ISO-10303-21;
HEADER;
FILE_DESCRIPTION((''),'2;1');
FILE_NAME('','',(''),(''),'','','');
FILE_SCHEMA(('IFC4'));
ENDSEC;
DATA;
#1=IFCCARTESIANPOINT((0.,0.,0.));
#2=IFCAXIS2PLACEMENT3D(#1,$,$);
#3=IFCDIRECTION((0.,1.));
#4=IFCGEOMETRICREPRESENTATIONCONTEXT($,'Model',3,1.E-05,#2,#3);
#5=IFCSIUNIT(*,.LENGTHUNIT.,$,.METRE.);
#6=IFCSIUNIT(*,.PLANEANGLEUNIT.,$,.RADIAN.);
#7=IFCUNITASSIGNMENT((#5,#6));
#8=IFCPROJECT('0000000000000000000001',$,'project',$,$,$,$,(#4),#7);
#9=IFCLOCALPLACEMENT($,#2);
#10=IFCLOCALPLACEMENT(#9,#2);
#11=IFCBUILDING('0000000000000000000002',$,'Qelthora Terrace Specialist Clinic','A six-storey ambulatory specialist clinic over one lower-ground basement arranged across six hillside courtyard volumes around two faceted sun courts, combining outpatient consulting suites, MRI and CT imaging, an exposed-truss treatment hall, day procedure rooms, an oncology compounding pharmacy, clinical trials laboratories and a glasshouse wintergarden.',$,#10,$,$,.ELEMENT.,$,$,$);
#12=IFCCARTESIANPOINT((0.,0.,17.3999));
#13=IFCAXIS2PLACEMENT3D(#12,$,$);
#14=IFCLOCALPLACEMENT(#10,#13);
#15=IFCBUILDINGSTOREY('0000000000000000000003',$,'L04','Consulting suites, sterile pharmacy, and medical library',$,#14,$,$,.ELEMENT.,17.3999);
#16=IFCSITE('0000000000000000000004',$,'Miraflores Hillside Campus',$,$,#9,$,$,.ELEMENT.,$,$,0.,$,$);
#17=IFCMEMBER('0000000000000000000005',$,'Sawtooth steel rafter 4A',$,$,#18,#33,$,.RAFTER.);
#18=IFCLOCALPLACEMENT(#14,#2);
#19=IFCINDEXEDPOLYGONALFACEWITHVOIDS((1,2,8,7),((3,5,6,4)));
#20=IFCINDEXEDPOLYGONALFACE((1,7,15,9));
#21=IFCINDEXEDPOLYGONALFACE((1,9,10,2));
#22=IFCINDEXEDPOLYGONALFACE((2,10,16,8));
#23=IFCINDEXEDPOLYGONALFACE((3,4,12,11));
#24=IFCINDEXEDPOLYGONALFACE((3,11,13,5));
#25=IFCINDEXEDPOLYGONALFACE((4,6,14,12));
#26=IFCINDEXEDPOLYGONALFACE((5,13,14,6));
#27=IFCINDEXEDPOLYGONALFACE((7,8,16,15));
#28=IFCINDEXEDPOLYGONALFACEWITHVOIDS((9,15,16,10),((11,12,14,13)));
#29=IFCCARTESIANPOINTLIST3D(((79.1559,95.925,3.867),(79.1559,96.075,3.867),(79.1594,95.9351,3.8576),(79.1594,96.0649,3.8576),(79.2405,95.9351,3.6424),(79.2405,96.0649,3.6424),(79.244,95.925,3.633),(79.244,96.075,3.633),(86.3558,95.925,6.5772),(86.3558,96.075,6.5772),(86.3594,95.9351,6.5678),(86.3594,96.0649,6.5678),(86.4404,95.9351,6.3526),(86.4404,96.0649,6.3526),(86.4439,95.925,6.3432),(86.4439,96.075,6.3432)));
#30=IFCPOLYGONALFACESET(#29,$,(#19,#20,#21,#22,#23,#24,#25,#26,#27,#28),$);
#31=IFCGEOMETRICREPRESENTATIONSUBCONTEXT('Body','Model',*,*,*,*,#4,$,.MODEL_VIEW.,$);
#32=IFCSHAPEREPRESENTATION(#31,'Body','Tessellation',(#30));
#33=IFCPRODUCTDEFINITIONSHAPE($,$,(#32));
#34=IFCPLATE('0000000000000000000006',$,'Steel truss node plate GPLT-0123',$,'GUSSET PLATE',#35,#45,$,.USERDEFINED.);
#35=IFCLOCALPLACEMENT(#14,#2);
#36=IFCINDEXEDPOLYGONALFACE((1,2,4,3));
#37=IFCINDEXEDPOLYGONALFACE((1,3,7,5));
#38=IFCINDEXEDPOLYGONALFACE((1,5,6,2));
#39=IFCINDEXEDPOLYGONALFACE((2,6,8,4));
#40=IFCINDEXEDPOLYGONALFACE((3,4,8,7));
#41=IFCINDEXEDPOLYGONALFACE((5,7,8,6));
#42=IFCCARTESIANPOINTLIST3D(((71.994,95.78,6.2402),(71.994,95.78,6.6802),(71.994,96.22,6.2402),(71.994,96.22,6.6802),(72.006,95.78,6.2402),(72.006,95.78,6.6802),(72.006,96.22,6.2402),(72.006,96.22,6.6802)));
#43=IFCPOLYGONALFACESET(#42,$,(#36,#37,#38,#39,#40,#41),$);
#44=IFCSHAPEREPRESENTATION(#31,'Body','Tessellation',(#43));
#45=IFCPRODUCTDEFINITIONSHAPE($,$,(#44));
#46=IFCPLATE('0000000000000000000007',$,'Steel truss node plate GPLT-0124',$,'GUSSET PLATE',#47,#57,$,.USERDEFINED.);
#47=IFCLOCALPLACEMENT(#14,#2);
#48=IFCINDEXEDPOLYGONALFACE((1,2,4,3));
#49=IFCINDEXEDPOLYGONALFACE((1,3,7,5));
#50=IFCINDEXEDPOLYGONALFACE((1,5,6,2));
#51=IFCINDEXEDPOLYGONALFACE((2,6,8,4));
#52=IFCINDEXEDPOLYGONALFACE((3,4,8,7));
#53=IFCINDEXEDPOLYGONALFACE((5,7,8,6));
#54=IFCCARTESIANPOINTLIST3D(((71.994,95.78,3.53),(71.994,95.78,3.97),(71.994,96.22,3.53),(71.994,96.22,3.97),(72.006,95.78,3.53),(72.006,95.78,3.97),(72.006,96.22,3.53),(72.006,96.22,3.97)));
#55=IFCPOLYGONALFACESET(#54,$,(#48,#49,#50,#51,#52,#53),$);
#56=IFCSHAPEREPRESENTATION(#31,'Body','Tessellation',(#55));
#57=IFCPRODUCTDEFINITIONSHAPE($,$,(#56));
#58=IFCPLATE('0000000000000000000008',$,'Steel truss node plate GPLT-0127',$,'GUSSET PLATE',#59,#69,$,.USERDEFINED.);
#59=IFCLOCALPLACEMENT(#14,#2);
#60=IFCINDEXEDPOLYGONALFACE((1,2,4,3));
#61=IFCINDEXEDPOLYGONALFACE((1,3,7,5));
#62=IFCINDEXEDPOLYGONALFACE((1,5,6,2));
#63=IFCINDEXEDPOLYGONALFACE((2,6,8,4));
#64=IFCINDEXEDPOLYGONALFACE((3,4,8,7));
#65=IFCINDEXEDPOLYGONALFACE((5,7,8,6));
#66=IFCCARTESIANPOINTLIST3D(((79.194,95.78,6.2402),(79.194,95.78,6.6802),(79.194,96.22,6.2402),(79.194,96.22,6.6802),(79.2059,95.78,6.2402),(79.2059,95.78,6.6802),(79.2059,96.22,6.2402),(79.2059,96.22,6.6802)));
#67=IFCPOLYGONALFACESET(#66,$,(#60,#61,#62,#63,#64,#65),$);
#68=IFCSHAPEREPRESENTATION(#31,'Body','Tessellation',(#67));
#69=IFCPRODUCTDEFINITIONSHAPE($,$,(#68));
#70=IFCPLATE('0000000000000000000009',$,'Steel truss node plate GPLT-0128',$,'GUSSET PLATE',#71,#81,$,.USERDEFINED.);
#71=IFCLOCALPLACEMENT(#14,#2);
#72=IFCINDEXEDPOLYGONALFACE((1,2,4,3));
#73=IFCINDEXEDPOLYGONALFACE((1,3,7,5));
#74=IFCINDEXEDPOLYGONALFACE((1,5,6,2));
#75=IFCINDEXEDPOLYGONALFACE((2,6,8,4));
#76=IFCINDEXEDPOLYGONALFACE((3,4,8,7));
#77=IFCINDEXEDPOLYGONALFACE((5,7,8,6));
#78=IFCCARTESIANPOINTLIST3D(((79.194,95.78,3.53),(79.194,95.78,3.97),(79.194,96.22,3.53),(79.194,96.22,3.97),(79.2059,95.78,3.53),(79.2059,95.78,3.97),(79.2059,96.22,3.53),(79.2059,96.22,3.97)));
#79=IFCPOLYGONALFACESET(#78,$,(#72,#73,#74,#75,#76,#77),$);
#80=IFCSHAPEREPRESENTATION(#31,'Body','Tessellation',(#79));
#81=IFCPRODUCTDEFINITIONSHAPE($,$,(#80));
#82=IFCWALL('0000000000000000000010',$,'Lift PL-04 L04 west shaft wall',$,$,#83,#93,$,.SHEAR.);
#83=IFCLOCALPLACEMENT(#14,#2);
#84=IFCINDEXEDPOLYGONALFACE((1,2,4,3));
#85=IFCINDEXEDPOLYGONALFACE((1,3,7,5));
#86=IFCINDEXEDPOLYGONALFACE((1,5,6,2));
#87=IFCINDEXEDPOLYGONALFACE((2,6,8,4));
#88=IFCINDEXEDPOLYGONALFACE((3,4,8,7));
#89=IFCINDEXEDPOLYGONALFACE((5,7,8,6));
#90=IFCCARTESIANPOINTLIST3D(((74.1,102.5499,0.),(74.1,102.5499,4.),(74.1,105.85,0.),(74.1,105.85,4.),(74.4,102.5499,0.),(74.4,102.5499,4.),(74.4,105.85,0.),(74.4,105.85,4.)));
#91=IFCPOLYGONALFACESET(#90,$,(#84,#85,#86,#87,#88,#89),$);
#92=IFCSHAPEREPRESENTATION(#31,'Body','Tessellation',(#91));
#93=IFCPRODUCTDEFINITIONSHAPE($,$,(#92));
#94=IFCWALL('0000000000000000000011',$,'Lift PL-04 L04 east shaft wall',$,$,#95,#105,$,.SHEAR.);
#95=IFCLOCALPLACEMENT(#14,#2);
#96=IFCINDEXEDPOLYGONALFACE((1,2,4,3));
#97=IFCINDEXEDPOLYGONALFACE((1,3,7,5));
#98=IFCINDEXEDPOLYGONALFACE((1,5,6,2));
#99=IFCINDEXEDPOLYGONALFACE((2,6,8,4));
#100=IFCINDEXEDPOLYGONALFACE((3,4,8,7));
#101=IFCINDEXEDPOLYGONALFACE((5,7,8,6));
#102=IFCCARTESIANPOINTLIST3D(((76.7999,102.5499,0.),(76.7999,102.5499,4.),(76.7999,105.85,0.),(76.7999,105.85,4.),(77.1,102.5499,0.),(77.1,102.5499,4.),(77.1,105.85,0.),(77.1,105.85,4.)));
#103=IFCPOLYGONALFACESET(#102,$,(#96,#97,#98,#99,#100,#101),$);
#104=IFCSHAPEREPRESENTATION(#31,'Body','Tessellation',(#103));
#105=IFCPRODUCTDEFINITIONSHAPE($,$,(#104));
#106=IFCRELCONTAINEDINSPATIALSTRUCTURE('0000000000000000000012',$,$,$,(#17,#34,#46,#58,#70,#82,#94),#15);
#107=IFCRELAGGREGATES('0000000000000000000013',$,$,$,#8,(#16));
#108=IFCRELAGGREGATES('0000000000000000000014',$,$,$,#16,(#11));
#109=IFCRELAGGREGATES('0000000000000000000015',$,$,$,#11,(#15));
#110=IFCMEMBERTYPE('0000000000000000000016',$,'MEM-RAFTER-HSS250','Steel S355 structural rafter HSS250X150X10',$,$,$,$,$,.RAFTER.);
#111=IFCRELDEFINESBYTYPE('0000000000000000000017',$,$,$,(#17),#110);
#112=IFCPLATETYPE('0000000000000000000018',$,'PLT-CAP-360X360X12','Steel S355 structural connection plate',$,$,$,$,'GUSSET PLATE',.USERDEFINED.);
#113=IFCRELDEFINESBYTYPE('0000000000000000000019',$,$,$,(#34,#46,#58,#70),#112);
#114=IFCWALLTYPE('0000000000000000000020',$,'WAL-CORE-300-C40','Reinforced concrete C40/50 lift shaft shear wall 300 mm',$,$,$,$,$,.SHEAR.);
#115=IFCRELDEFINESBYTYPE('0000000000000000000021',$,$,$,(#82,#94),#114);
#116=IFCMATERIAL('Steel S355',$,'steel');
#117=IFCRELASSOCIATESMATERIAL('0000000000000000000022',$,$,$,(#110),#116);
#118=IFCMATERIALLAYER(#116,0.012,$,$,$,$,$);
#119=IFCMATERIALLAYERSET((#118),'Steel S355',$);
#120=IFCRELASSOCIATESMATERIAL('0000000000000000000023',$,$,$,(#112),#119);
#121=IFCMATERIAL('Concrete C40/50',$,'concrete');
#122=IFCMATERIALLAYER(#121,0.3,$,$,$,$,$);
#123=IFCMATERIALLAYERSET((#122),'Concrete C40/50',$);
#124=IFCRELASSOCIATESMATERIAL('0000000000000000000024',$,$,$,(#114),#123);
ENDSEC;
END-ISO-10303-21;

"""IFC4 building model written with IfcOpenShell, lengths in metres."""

from ifc_helpers import new_model, si_unit, direction, frame, frame_2d, origin, origin_2d, place, context, subcontext, project, spatial, rectangle, hollow_rectangle, extrude, material, layer, layer_set, material_profile, profile_set, type_object, element, save


model = new_model("IFC4")

# Units and contexts
model_context = context("Model", 3, precision=1e-05, world=origin(), true_north=direction((0.0, 1.0)))
body_context = subcontext(model_context, "Body", "Model", "MODEL_VIEW")
ifc_project = project(units=[si_unit("LENGTHUNIT", "METRE"), si_unit("PLANEANGLEUNIT", "RADIAN")], contexts=[model_context])

# Site, building, storey
site_placement = place(None, origin())
site = spatial("IfcSite", under=ifc_project, at=site_placement, Name="Miraflores Hillside Campus", CompositionType="ELEMENT", RefElevation=0.0)
building_placement = place(site_placement, origin())
building = spatial("IfcBuilding", under=site, at=building_placement, Name="Qelthora Terrace Specialist Clinic", Description="A six-storey ambulatory specialist clinic over one lower-ground basement arranged across six hillside courtyard volumes around two faceted sun courts, combining outpatient consulting suites, MRI and CT imaging, an exposed-truss treatment hall, day procedure rooms, an oncology compounding pharmacy, clinical trials laboratories and a glasshouse wintergarden.", CompositionType="ELEMENT")
storey_placement = place(building_placement, frame((0.0, 0.0, 17.3999)))
storey = spatial("IfcBuildingStorey", under=building, at=storey_placement, Name="L04", Description="Consulting suites, sterile pharmacy, and medical library", CompositionType="ELEMENT", Elevation=17.3999)

# Shared definitions
ifc_material_1 = material(Name="Steel S355", Category="steel")

# Member
ifc_material_profile_1 = material_profile(ifc_material_1, hollow_rectangle(XDim=0.1499, YDim=0.25, WallThickness=0.01, at=origin_2d()), Name="HSS250X150X10")
ifc_profile_set_1 = profile_set([ifc_material_profile_1], Name="Steel S355")
member_type_1 = type_object("IfcMemberType", Name="MEM-RAFTER-HSS250", Description="Steel S355 structural rafter HSS250X150X10", PredefinedType="RAFTER", material=ifc_profile_set_1)
for number, where, z_axis, x_axis, name in (
    (1, (79.2, 96.0, 3.75), (0.935892, 0.0, 0.352288), (0.0, 1.0, 0.0), "Sawtooth steel rafter 4A"),
):
    element("IfcMember", number, at=place(storey_placement, frame(where, z_axis=z_axis, x_axis=x_axis)), inside=storey, type_object=member_type_1, Name=name, PredefinedType="RAFTER", context=body_context, shape_type="SweptSolid", body=[
        extrude(hollow_rectangle(XDim=0.1499, YDim=0.25, WallThickness=0.01, at=origin_2d()), origin(), (0.0, 0.0, 1.0), 7.6931),
    ])

# Plates
ifc_layer_1 = layer(ifc_material_1, 0.012)
ifc_layer_set_1 = layer_set([ifc_layer_1], Name="Steel S355")
plate_type = type_object("IfcPlateType", Name="PLT-CAP-360X360X12", Description="Steel S355 structural connection plate", ElementType="GUSSET PLATE", PredefinedType="USERDEFINED", material=ifc_layer_set_1)
for number, where, z_axis, x_axis, name in (
    (2, (72.0, 96.0, 6.2402), (0.0, 0.0, 1.0), (1.0, 0.0, 0.0), "Steel truss node plate GPLT-0123"),
    (3, (72.0, 96.0, 3.53), (0.0, 0.0, 1.0), (1.0, 0.0, 0.0), "Steel truss node plate GPLT-0124"),
    (4, (79.2, 96.0, 6.2402), (0.0, 0.0, 1.0), (1.0, 0.0, 0.0), "Steel truss node plate GPLT-0127"),
    (5, (79.2, 96.0, 3.53), (0.0, 0.0, 1.0), (1.0, 0.0, 0.0), "Steel truss node plate GPLT-0128"),
):
    element("IfcPlate", number, at=place(storey_placement, frame(where, z_axis=z_axis, x_axis=x_axis)), inside=storey, type_object=plate_type, Name=name, ObjectType="GUSSET PLATE", PredefinedType="USERDEFINED", context=body_context, shape_type="SweptSolid", body=[
        extrude(rectangle(XDim=0.012, YDim=0.4399, at=origin_2d()), origin(), (0.0, 0.0, 1.0), 0.4399),
    ])

# Walls
ifc_material_2 = material(Name="Concrete C40/50", Category="concrete")
ifc_layer_2 = layer(ifc_material_2, 0.3)
ifc_layer_set_2 = layer_set([ifc_layer_2], Name="Concrete C40/50")
wall_type = type_object("IfcWallType", Name="WAL-CORE-300-C40", Description="Reinforced concrete C40/50 lift shaft shear wall 300 mm", PredefinedType="SHEAR", material=ifc_layer_set_2)
for number, where, z_axis, x_axis, name in (
    (6, (74.25, 102.55, 0.0), (0.0, 0.0, 1.0), (0.0, 1.0, 0.0), "Lift PL-04 L04 west shaft wall"),
    (7, (76.95, 102.55, 0.0), (0.0, 0.0, 1.0), (0.0, 1.0, 0.0), "Lift PL-04 L04 east shaft wall"),
):
    element("IfcWall", number, at=place(storey_placement, frame(where, z_axis=z_axis, x_axis=x_axis)), inside=storey, type_object=wall_type, Name=name, PredefinedType="SHEAR", context=body_context, shape_type="SweptSolid", body=[
        extrude(rectangle(XDim=3.3, YDim=0.3, at=frame_2d((1.6499, 0.0))), origin(), (0.0, 0.0, 1.0), 4.0),
    ])

save(model, "model.ifc")
